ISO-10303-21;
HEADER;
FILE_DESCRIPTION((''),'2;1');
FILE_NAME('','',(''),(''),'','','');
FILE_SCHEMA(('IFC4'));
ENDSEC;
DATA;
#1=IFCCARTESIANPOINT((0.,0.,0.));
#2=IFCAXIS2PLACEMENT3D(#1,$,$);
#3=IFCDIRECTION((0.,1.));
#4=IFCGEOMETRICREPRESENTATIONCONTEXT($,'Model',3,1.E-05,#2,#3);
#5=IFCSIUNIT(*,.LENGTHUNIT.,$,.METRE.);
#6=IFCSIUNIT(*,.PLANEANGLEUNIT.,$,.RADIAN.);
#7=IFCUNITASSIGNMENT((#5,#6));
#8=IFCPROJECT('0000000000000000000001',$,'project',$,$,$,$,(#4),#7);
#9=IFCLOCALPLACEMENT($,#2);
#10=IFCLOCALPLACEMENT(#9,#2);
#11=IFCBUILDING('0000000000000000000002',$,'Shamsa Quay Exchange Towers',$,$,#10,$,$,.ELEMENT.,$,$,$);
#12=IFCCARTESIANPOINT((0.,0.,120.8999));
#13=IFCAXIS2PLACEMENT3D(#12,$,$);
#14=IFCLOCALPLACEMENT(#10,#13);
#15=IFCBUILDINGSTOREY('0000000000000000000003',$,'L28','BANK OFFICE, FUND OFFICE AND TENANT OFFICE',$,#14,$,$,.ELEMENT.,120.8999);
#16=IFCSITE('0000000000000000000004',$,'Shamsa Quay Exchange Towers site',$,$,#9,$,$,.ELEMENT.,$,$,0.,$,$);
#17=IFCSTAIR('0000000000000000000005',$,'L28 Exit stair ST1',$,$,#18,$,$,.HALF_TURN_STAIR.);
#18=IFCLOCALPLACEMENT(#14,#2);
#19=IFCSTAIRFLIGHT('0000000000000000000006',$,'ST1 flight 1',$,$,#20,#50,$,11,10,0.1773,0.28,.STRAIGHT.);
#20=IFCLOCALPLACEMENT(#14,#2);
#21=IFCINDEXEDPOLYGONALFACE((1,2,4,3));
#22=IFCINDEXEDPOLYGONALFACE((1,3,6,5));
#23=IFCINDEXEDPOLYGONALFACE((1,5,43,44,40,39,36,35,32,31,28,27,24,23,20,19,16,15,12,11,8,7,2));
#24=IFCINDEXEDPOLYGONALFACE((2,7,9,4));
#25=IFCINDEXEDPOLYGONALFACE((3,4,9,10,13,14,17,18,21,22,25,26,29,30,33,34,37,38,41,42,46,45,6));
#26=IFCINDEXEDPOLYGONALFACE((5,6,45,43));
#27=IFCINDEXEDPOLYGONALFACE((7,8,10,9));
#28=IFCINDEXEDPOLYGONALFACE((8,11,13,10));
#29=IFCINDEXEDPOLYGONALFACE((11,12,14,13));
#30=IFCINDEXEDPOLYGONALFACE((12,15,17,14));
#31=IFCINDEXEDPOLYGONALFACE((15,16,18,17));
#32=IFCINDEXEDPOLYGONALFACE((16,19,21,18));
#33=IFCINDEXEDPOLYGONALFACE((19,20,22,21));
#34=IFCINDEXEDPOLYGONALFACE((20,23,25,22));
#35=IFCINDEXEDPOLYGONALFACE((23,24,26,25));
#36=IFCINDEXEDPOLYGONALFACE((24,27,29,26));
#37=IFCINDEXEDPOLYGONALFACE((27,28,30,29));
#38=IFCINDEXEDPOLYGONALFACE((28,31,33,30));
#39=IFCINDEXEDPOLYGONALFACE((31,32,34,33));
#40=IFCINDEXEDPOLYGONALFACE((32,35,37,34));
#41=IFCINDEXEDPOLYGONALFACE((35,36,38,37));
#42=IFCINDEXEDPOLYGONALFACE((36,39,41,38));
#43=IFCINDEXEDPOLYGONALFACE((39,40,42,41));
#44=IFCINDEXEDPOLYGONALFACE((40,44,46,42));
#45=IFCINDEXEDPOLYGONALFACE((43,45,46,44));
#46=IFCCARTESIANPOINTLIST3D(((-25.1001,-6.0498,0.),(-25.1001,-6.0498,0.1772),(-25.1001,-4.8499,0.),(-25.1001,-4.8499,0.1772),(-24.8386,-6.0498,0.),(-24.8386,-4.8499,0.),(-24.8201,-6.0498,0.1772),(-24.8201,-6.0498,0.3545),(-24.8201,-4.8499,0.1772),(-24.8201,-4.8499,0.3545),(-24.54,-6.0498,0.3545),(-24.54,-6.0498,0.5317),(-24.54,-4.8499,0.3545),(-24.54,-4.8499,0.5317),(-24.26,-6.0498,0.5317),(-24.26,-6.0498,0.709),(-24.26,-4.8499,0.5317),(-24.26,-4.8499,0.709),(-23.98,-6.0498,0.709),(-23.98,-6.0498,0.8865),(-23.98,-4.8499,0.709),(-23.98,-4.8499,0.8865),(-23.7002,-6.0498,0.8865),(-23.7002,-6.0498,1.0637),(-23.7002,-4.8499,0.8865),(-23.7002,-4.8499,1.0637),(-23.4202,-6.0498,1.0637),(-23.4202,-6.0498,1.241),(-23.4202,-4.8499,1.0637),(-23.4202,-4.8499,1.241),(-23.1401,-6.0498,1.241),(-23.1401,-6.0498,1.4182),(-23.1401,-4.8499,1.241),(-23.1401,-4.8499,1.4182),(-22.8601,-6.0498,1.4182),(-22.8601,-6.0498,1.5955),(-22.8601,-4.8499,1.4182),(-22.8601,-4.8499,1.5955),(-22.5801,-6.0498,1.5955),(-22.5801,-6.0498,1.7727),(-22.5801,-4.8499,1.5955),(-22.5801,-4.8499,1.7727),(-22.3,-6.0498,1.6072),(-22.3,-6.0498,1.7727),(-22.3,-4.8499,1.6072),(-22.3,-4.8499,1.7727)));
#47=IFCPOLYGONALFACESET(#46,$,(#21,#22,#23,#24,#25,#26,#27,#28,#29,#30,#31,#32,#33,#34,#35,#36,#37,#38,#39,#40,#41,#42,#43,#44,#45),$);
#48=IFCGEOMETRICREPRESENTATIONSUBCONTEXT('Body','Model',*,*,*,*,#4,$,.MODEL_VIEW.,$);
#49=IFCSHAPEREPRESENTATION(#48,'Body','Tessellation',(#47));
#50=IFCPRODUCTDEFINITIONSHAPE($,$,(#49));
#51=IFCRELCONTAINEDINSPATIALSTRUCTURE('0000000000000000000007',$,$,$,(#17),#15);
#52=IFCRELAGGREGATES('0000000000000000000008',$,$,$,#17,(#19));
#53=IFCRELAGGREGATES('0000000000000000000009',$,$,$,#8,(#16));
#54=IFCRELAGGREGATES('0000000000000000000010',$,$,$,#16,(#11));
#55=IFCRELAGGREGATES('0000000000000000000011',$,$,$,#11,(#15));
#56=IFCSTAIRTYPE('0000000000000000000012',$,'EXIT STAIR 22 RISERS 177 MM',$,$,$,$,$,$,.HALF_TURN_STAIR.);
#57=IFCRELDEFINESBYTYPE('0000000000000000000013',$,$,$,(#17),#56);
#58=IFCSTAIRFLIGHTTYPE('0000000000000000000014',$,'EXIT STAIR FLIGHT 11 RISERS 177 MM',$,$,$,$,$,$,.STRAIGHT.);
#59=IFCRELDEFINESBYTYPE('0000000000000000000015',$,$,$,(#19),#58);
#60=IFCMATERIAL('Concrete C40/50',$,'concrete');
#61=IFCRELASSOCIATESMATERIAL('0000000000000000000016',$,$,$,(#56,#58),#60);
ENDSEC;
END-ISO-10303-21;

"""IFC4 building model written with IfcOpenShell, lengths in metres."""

from ifc_helpers import new_model, si_unit, direction, frame, origin, place, context, subcontext, project, spatial, polyline, outline, extrude, material, type_object, element, aggregate, save


model = new_model("IFC4")

# Units and contexts
model_context = context("Model", 3, precision=1e-05, world=origin(), true_north=direction((0.0, 1.0)))
body_context = subcontext(model_context, "Body", "Model", "MODEL_VIEW")
ifc_project = project(units=[si_unit("LENGTHUNIT", "METRE"), si_unit("PLANEANGLEUNIT", "RADIAN")], contexts=[model_context])

# Site, building, storey
site_placement = place(None, origin())
site = spatial("IfcSite", under=ifc_project, at=site_placement, Name="Shamsa Quay Exchange Towers site", CompositionType="ELEMENT", RefElevation=0.0)
building_placement = place(site_placement, origin())
building = spatial("IfcBuilding", under=site, at=building_placement, Name="Shamsa Quay Exchange Towers", CompositionType="ELEMENT")
storey_placement = place(building_placement, frame((0.0, 0.0, 120.8999)))
storey = spatial("IfcBuildingStorey", under=building, at=storey_placement, Name="L28", Description="BANK OFFICE, FUND OFFICE AND TENANT OFFICE", CompositionType="ELEMENT", Elevation=120.8999)

# Stair, stair flight
ifc_material_1 = material(Name="Concrete C40/50", Category="concrete")
stair_type = type_object("IfcStairType", Name="EXIT STAIR 22 RISERS 177 MM", PredefinedType="HALF_TURN_STAIR", material=ifc_material_1)
stair_placement = place(storey_placement, origin())
stair = element("IfcStair", 1, at=stair_placement, inside=storey, type_object=stair_type, Name="L28 Exit stair ST1", PredefinedType="HALF_TURN_STAIR")
stair_flight_type = type_object("IfcStairFlightType", Name="EXIT STAIR FLIGHT 11 RISERS 177 MM", PredefinedType="STRAIGHT", material=ifc_material_1)
stair_flight_placement = place(storey_placement, frame((-25.1001, -5.45, 0.0)))
stair_flight = element("IfcStairFlight", 2, at=stair_flight_placement, type_object=stair_flight_type, Name="ST1 flight 1", NumberOfRisers=11, NumberOfTreads=10, PredefinedType="STRAIGHT", RiserHeight=0.1773, TreadLength=0.28, context=body_context, shape_type="SweptSolid", body=[
    extrude(outline(polyline([(0.0, 0.0), (0.0, 0.1772), (0.28, 0.1772), (0.28, 0.3545), (0.5601, 0.3545), (0.5601, 0.5317), (0.8401, 0.5317), (0.8401, 0.709), (1.1201, 0.709), (1.1201, 0.8865), (1.3999, 0.8865), (1.3999, 1.0637), (1.6799, 1.0637), (1.6799, 1.241), (1.96, 1.241), (1.96, 1.4182), (2.24, 1.4182), (2.24, 1.5955), (2.52, 1.5955), (2.52, 1.7727), (2.8, 1.7727), (2.8, 1.95), (2.8, 1.6072), (0.2615, 0.0), (0.0, 0.0)])), frame((0.0, 0.6001, 0.0), z_axis=(0.0, -1.0, 0.0), x_axis=(1.0, 0.0, 0.0)), (0.0, 0.0, 1.0), 1.2),
])
aggregate(stair, [stair_flight])

save(model, "model.ifc")
